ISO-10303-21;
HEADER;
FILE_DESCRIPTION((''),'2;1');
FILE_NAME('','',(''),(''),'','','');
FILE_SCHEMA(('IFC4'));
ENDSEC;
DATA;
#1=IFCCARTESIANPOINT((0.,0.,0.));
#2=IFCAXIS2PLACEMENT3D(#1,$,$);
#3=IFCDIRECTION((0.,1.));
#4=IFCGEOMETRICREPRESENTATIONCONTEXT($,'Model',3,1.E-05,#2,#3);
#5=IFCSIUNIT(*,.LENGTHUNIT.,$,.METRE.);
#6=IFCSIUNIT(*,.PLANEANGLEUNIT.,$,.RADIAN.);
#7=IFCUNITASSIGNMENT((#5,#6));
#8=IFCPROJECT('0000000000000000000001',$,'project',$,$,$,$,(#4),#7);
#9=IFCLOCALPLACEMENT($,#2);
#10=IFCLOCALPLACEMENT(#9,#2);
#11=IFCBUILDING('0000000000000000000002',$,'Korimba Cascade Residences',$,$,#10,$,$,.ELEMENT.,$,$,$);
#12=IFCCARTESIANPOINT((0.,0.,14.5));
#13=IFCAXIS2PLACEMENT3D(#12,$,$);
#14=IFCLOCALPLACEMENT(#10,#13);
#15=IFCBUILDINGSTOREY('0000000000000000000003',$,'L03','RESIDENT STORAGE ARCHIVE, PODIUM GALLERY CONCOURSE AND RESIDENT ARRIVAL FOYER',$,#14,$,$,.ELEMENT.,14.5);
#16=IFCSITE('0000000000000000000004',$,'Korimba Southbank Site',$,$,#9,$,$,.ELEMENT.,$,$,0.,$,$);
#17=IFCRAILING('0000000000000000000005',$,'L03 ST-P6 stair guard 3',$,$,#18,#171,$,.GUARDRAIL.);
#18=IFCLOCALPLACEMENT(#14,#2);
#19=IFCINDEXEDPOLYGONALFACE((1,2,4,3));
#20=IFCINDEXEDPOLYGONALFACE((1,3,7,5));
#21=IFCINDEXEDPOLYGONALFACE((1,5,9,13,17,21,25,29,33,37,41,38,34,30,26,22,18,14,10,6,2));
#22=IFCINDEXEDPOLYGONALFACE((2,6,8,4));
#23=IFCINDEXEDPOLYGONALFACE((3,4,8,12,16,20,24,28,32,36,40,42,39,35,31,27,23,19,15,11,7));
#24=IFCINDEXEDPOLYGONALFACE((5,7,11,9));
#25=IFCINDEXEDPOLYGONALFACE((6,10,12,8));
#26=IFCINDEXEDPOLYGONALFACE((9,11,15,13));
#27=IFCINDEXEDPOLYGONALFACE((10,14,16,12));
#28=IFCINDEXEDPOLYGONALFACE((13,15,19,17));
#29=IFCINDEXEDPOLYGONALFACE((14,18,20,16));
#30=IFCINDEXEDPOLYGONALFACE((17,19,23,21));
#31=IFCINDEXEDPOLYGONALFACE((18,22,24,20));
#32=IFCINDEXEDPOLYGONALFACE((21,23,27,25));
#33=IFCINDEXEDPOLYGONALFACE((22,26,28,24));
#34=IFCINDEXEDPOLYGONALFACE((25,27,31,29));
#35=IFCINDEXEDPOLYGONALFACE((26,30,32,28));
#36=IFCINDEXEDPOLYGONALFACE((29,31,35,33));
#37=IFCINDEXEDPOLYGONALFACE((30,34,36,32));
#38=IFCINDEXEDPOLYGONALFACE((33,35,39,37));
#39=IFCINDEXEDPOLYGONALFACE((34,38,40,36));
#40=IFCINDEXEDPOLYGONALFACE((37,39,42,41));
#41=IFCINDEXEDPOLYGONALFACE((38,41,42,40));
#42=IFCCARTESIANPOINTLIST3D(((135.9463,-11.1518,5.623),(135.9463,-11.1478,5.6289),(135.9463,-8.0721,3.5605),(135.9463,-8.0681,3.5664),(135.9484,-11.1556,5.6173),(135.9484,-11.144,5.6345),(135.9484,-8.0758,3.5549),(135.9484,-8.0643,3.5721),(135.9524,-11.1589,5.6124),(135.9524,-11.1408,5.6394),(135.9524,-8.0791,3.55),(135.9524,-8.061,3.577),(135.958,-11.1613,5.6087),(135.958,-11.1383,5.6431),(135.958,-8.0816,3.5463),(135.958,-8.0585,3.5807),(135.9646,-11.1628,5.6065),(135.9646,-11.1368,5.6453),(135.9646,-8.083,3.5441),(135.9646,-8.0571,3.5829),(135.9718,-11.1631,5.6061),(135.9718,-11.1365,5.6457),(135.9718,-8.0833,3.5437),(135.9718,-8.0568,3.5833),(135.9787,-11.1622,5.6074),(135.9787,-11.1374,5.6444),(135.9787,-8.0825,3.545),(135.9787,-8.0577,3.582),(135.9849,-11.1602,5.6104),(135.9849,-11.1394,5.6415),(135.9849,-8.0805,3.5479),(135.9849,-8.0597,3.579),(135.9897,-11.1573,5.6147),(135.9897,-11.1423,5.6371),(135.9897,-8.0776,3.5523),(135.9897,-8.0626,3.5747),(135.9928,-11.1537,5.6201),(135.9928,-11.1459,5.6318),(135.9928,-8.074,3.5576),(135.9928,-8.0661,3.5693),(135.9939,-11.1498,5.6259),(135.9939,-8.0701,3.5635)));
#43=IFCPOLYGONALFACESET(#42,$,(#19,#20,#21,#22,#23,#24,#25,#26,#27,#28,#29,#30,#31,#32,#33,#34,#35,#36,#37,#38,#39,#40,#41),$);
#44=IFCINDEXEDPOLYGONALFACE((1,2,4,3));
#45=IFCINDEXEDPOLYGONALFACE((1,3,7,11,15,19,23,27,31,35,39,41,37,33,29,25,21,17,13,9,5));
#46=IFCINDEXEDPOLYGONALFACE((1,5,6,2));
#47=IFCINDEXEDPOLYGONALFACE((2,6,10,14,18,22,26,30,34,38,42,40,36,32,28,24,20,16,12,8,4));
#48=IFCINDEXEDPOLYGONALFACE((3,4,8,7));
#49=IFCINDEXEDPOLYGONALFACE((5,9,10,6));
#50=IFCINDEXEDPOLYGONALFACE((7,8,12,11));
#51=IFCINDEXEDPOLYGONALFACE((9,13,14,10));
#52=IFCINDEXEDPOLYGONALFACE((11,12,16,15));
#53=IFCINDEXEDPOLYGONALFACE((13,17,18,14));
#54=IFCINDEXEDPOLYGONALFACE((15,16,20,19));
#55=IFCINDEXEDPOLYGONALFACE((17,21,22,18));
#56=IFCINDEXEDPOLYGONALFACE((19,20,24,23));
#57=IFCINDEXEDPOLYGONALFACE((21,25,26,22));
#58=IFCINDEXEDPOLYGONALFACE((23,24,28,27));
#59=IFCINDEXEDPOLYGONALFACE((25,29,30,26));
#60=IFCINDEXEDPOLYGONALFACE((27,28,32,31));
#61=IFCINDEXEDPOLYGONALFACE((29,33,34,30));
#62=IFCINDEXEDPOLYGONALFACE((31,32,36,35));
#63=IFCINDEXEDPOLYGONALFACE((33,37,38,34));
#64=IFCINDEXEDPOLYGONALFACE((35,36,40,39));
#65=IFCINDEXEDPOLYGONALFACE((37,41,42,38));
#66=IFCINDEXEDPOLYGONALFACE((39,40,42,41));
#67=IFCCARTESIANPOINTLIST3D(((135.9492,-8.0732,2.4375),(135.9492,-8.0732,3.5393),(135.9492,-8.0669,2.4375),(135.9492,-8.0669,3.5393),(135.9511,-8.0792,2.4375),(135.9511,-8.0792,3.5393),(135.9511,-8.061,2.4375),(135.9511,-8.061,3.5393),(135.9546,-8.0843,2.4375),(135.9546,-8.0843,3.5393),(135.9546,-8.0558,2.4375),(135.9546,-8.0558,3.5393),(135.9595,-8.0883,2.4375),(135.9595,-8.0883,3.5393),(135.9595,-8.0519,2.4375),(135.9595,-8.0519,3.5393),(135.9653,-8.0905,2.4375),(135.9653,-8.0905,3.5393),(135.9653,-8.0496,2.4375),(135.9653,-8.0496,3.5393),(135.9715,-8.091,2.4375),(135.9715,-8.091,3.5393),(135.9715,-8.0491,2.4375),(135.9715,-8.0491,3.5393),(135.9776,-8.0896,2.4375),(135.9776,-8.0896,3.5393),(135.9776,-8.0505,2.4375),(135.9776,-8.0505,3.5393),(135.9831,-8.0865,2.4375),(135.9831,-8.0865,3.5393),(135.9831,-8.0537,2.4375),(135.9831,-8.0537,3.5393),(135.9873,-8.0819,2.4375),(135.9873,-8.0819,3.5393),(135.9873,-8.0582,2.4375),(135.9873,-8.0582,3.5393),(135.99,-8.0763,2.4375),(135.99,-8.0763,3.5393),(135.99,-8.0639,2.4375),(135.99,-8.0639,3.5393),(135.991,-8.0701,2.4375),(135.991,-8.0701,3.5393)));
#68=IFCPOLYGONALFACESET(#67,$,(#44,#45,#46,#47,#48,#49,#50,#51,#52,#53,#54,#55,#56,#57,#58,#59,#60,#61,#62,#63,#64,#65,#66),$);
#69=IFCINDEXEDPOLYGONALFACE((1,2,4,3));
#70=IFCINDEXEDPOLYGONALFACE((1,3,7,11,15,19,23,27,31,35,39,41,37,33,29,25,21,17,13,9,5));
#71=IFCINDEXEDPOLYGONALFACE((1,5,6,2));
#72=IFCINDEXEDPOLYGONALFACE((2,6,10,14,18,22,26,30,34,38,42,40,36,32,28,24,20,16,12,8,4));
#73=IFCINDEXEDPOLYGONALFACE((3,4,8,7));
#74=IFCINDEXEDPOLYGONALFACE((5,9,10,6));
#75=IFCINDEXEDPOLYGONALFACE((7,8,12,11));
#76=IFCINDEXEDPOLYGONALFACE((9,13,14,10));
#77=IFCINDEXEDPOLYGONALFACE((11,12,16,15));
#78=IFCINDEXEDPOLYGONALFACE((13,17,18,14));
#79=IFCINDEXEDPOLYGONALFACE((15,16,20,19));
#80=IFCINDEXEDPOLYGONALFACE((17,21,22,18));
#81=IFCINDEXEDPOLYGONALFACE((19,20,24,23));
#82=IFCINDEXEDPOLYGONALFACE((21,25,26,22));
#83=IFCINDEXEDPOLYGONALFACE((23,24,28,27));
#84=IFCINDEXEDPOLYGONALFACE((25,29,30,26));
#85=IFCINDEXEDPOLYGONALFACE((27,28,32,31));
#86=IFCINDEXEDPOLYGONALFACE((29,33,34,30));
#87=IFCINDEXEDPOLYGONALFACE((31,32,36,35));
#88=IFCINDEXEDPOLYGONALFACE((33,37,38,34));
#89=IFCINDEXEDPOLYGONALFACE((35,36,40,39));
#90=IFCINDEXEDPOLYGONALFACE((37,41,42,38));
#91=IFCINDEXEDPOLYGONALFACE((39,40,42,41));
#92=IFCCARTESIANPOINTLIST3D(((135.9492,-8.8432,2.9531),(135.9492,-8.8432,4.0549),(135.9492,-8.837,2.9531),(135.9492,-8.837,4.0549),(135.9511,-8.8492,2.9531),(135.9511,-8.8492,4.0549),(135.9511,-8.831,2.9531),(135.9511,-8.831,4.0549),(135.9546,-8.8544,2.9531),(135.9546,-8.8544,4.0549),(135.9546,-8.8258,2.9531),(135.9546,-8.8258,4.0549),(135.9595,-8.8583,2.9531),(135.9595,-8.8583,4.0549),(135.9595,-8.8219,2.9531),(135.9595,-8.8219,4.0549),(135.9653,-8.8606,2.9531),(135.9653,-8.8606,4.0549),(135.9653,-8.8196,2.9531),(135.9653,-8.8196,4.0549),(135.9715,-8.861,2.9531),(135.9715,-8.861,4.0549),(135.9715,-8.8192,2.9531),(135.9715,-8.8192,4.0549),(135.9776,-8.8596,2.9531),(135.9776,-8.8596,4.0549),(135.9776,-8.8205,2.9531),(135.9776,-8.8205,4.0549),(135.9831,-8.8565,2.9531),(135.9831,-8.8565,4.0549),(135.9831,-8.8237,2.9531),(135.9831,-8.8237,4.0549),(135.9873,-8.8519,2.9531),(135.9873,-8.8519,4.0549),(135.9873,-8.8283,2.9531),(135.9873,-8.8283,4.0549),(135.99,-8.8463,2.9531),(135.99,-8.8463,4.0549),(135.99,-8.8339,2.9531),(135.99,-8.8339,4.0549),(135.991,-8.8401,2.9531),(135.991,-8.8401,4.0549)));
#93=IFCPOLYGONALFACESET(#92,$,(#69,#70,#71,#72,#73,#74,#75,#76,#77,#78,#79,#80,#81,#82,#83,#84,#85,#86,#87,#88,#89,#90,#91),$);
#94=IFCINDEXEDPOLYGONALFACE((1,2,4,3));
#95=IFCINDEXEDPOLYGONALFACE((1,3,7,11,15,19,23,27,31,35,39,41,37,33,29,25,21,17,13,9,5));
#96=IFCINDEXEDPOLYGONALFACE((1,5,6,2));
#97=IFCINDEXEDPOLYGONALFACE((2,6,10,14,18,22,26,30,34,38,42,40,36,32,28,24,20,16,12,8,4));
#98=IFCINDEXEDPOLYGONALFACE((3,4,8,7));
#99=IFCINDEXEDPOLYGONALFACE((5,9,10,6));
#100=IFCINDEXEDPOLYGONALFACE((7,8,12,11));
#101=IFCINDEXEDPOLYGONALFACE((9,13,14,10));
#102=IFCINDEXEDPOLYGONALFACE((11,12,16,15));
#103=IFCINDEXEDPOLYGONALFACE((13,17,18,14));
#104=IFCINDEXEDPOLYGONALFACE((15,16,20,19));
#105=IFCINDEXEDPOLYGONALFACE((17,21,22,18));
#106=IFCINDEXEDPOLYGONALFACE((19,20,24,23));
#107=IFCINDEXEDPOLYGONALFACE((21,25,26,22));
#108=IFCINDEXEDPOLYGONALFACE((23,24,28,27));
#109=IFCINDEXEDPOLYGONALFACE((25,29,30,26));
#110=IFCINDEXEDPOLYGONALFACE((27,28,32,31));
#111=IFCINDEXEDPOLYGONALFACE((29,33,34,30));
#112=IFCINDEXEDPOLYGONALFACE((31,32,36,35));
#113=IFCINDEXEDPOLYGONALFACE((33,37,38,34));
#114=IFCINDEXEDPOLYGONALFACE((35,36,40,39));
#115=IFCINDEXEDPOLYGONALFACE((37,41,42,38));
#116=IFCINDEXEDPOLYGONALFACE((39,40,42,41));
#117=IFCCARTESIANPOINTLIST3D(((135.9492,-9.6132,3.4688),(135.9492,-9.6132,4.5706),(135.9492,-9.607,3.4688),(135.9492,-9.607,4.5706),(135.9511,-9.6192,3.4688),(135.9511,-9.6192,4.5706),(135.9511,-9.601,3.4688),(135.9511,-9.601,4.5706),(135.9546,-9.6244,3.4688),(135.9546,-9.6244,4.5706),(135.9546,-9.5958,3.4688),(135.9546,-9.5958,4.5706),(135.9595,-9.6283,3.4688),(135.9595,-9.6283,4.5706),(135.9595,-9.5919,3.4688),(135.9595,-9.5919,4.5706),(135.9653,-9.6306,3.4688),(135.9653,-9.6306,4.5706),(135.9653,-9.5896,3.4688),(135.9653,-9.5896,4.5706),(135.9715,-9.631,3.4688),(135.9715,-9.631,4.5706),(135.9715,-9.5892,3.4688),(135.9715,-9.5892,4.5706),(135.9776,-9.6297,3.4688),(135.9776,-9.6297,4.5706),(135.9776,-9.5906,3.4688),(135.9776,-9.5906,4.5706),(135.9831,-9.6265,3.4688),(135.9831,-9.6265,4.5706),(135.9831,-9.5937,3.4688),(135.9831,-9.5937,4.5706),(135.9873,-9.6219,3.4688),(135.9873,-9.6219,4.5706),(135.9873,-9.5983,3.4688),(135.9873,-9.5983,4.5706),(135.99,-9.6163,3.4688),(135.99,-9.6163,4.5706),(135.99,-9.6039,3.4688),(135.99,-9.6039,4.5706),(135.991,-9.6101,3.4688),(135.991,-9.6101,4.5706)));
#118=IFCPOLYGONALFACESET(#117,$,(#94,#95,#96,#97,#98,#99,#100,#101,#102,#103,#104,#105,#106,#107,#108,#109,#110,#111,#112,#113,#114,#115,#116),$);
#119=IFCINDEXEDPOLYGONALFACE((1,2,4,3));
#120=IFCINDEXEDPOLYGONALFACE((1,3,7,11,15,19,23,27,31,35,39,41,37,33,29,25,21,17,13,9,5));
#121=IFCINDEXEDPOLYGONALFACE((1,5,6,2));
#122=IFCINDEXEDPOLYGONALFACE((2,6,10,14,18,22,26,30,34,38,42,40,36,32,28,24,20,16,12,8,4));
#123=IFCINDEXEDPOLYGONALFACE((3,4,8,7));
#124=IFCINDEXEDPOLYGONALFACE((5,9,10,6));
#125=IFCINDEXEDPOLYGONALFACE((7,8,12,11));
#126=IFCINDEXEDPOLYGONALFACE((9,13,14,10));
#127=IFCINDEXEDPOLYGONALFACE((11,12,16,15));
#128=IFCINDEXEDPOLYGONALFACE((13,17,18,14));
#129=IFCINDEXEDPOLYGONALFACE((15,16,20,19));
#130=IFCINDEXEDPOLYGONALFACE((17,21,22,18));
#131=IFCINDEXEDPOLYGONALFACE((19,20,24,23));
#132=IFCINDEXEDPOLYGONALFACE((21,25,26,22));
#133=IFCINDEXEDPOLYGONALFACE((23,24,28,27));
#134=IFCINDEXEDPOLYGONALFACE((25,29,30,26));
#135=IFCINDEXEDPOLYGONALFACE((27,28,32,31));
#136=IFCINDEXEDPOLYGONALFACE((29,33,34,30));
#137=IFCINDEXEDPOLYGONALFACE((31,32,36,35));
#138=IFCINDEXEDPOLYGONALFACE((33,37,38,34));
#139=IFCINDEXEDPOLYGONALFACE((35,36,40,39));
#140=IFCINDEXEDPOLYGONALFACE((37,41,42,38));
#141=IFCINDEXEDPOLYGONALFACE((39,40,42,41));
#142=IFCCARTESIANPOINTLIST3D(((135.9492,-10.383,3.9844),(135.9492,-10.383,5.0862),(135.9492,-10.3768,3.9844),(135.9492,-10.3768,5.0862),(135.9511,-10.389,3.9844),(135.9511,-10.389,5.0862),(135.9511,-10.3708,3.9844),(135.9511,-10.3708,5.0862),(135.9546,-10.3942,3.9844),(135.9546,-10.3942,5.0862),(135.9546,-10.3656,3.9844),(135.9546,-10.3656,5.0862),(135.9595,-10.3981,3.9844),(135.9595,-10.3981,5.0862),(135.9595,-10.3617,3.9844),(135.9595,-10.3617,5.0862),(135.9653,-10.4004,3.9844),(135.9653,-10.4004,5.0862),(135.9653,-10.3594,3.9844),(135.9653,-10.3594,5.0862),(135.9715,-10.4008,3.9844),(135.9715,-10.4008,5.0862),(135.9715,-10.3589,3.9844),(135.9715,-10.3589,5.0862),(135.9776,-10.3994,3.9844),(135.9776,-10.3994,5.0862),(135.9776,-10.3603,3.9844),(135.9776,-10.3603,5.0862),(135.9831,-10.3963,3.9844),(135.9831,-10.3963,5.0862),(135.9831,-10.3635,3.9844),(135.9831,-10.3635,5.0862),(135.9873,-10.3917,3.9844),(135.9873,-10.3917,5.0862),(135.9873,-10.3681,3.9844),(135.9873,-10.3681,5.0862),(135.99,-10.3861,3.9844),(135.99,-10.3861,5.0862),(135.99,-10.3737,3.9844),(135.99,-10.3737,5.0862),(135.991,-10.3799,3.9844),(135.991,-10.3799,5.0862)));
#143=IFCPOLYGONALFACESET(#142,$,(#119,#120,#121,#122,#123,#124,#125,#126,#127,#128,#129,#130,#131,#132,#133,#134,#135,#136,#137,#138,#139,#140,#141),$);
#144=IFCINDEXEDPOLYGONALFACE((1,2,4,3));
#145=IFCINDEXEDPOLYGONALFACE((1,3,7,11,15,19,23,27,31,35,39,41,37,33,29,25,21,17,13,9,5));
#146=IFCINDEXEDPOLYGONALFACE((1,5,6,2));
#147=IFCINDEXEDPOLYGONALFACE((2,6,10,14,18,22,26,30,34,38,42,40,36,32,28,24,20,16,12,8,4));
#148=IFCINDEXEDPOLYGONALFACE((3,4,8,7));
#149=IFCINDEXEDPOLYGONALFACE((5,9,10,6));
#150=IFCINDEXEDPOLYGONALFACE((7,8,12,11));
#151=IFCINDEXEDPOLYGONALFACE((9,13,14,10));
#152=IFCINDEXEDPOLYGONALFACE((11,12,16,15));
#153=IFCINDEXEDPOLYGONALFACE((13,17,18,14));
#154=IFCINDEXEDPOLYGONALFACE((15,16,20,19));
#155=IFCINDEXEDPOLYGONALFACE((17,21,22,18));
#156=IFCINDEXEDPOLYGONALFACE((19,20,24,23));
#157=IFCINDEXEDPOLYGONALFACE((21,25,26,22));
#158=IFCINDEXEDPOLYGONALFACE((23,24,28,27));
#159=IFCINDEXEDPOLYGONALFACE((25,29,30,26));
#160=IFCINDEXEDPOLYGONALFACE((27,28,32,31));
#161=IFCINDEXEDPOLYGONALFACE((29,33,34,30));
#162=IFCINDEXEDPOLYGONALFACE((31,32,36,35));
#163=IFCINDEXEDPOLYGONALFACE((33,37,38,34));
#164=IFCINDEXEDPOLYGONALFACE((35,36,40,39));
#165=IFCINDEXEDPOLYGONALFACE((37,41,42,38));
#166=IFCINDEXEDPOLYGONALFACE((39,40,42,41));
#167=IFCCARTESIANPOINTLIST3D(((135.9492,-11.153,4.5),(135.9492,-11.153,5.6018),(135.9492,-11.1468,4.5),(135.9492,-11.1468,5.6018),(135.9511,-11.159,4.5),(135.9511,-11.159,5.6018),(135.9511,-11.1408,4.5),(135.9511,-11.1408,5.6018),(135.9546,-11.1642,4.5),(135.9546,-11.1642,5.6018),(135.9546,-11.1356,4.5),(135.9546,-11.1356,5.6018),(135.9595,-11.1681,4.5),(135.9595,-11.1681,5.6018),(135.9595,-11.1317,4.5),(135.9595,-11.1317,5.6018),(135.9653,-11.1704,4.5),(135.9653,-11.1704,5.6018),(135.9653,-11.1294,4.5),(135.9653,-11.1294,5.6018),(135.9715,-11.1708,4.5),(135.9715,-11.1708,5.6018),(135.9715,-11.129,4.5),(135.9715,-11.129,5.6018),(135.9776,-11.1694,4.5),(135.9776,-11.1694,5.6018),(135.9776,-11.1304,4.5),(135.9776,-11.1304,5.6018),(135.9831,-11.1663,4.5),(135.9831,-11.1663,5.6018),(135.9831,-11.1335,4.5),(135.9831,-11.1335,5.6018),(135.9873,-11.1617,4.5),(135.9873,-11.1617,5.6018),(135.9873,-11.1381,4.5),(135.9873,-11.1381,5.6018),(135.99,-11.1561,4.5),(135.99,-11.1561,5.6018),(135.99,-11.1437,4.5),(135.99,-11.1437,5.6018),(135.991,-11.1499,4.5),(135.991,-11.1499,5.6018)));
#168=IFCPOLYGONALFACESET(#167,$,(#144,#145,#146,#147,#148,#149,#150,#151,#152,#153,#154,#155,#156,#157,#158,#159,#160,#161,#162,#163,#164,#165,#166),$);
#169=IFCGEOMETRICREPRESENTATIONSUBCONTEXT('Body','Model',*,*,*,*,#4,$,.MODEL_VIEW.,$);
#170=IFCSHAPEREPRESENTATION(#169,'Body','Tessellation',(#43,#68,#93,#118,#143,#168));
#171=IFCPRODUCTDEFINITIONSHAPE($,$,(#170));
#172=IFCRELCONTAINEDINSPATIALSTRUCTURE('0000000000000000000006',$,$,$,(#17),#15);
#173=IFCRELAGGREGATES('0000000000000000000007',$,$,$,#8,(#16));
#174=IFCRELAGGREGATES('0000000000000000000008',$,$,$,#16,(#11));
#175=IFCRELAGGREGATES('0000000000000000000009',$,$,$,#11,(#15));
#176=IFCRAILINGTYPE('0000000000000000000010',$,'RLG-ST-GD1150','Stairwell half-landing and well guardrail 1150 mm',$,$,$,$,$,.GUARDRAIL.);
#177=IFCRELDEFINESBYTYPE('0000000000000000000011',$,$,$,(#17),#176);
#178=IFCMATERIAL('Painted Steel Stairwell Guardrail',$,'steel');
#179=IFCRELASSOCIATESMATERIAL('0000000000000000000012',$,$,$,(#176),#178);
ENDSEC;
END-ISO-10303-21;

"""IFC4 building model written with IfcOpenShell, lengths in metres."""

from ifc_helpers import new_model, si_unit, direction, frame, origin, origin_2d, place, context, subcontext, project, spatial, circle, extrude, material, type_object, element, save


model = new_model("IFC4")

# Units and contexts
model_context = context("Model", 3, precision=1e-05, world=origin(), true_north=direction((0.0, 1.0)))
body_context = subcontext(model_context, "Body", "Model", "MODEL_VIEW")
ifc_project = project(units=[si_unit("LENGTHUNIT", "METRE"), si_unit("PLANEANGLEUNIT", "RADIAN")], contexts=[model_context])

# Site, building, storey
site_placement = place(None, origin())
site = spatial("IfcSite", under=ifc_project, at=site_placement, Name="Korimba Southbank Site", CompositionType="ELEMENT", RefElevation=0.0)
building_placement = place(site_placement, origin())
building = spatial("IfcBuilding", under=site, at=building_placement, Name="Korimba Cascade Residences", CompositionType="ELEMENT")
storey_placement = place(building_placement, frame((0.0, 0.0, 14.5)))
storey = spatial("IfcBuildingStorey", under=building, at=storey_placement, Name="L03", Description="RESIDENT STORAGE ARCHIVE, PODIUM GALLERY CONCOURSE AND RESIDENT ARRIVAL FOYER", CompositionType="ELEMENT", Elevation=14.5)

# Railing
ifc_material_1 = material(Name="Painted Steel Stairwell Guardrail", Category="steel")
railing_type_1 = type_object("IfcRailingType", Name="RLG-ST-GD1150", Description="Stairwell half-landing and well guardrail 1150 mm", PredefinedType="GUARDRAIL", material=ifc_material_1)
railing_1_placement = place(storey_placement, frame((135.97, -8.0701, 2.4375)))
element("IfcRailing", 1, at=railing_1_placement, inside=storey, type_object=railing_type_1, Name="L03 ST-P6 stair guard 3", PredefinedType="GUARDRAIL", context=body_context, shape_type="SweptSolid", body=[
    extrude(circle(Radius=0.0239, at=origin_2d()), frame((0.0, 0.0, 1.126), z_axis=(0.0, -0.830893, 0.556432), x_axis=(1.0, 0.0, 0.0)), (0.0, 0.0, 1.0), 3.7065),
    extrude(circle(Radius=0.021, at=origin_2d()), origin(), (0.0, 0.0, 1.0), 1.1018),
    extrude(circle(Radius=0.021, at=origin_2d()), frame((0.0, -0.77, 0.5156)), (0.0, 0.0, 1.0), 1.1018),
    extrude(circle(Radius=0.021, at=origin_2d()), frame((0.0, -1.54, 1.0312)), (0.0, 0.0, 1.0), 1.1018),
    extrude(circle(Radius=0.021, at=origin_2d()), frame((0.0, -2.3098, 1.5469)), (0.0, 0.0, 1.0), 1.1018),
    extrude(circle(Radius=0.021, at=origin_2d()), frame((0.0, -3.0798, 2.0625)), (0.0, 0.0, 1.0), 1.1018),
])

save(model, "model.ifc")
